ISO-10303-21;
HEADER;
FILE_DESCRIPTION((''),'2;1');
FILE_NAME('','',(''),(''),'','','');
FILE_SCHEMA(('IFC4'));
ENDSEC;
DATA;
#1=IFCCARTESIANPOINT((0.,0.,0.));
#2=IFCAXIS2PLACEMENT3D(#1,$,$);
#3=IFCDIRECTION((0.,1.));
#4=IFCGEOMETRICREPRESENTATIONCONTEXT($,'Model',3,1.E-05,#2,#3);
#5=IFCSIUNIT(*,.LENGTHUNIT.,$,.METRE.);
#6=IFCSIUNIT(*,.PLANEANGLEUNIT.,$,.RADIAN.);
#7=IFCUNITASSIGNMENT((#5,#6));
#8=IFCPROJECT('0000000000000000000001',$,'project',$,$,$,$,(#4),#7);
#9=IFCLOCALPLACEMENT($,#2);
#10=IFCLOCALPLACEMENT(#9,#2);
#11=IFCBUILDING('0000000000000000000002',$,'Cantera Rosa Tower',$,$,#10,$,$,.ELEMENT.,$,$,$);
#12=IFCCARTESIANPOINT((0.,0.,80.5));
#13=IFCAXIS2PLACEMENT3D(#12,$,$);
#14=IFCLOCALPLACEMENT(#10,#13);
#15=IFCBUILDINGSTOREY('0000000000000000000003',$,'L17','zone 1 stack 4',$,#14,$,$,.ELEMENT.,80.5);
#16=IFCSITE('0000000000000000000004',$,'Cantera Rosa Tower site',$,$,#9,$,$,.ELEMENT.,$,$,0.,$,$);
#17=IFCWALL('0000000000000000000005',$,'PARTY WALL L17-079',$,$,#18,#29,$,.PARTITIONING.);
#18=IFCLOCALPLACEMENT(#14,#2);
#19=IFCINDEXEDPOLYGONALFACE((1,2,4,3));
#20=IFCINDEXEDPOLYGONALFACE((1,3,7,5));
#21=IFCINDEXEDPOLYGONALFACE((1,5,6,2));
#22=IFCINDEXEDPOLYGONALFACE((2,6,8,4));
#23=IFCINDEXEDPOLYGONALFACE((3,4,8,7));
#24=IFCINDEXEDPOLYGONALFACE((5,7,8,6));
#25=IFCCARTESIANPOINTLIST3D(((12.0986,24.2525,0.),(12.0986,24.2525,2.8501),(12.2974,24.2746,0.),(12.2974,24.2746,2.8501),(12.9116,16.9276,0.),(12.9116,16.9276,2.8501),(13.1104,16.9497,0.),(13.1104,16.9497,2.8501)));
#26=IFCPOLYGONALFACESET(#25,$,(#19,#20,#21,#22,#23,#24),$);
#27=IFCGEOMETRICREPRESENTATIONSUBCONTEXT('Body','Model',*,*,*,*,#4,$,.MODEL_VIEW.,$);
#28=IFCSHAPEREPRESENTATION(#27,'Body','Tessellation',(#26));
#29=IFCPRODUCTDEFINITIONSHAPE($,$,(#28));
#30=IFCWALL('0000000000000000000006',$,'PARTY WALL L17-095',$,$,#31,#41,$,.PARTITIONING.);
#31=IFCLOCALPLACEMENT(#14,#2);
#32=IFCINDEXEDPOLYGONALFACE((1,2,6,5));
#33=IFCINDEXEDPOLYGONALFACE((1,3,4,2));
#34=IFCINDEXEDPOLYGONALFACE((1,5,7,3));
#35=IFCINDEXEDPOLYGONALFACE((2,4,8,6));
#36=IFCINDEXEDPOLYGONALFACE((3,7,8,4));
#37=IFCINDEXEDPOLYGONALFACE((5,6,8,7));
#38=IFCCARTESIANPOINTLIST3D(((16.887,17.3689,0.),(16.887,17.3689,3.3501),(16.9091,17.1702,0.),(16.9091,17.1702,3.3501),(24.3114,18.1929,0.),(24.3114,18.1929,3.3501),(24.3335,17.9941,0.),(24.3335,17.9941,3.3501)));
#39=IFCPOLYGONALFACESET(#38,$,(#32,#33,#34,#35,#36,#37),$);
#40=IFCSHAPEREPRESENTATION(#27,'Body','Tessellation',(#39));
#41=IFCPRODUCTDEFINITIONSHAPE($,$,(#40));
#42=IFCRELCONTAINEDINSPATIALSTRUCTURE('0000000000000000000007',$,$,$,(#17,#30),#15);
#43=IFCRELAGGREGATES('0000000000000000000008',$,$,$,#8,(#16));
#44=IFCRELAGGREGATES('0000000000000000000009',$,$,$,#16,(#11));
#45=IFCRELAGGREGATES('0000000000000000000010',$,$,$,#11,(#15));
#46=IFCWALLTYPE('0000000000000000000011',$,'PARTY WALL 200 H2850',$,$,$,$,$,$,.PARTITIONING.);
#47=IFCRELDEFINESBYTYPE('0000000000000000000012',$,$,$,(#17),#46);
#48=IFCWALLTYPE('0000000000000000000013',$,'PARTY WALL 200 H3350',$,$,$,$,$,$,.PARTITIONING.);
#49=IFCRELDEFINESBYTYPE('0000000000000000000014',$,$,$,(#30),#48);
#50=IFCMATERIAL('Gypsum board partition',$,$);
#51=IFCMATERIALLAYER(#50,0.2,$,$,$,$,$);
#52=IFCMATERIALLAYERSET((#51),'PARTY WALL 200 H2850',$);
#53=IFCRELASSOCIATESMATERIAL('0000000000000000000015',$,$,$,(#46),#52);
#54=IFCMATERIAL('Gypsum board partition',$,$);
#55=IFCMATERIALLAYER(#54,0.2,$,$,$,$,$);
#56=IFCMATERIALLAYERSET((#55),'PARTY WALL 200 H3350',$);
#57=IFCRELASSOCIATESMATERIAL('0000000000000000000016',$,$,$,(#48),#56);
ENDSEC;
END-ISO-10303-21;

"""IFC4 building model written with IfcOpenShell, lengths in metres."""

from ifc_helpers import new_model, si_unit, direction, frame, frame_2d, origin, place, context, subcontext, project, spatial, rectangle, extrude, material, layer, layer_set, type_object, element, save


model = new_model("IFC4")

# Units and contexts
model_context = context("Model", 3, precision=1e-05, world=origin(), true_north=direction((0.0, 1.0)))
body_context = subcontext(model_context, "Body", "Model", "MODEL_VIEW")
ifc_project = project(units=[si_unit("LENGTHUNIT", "METRE"), si_unit("PLANEANGLEUNIT", "RADIAN")], contexts=[model_context])

# Site, building, storey
site_placement = place(None, origin())
site = spatial("IfcSite", under=ifc_project, at=site_placement, Name="Cantera Rosa Tower site", CompositionType="ELEMENT", RefElevation=0.0)
building_placement = place(site_placement, origin())
building = spatial("IfcBuilding", under=site, at=building_placement, Name="Cantera Rosa Tower", CompositionType="ELEMENT")
storey_placement = place(building_placement, frame((0.0, 0.0, 80.5)))
storey = spatial("IfcBuildingStorey", under=building, at=storey_placement, Name="L17", Description="zone 1 stack 4", CompositionType="ELEMENT", Elevation=80.5)

# Walls
ifc_material_1 = material(Name="Gypsum board partition")
ifc_layer_1 = layer(ifc_material_1, 0.2)
ifc_layer_set_1 = layer_set([ifc_layer_1], Name="PARTY WALL 200 H2850")
wall_type_1 = type_object("IfcWallType", Name="PARTY WALL 200 H2850", PredefinedType="PARTITIONING", material=ifc_layer_set_1)
wall_1_placement = place(storey_placement, frame((12.198, 24.2637, 0.0), z_axis=(0.0, 0.0, 1.0), x_axis=(0.110312, -0.993897, 0.0)))
element("IfcWall", 1, at=wall_1_placement, inside=storey, type_object=wall_type_1, Name="PARTY WALL L17-079", PredefinedType="PARTITIONING", context=body_context, shape_type="SweptSolid", body=[
    extrude(rectangle(XDim=7.3699, YDim=0.2, at=frame_2d((3.6851, 0.0))), origin(), (0.0, 0.0, 1.0), 2.8501),
])
ifc_material_2 = material(Name="Gypsum board partition")
ifc_layer_2 = layer(ifc_material_2, 0.2)
ifc_layer_set_2 = layer_set([ifc_layer_2], Name="PARTY WALL 200 H3350")
wall_type_2 = type_object("IfcWallType", Name="PARTY WALL 200 H3350", PredefinedType="PARTITIONING", material=ifc_layer_set_2)
wall_2_placement = place(storey_placement, frame((16.8982, 17.2695, 0.0), z_axis=(0.0, 0.0, 1.0), x_axis=(0.993898, 0.110306, 0.0)))
element("IfcWall", 2, at=wall_2_placement, inside=storey, type_object=wall_type_2, Name="PARTY WALL L17-095", PredefinedType="PARTITIONING", context=body_context, shape_type="SweptSolid", body=[
    extrude(rectangle(XDim=7.47, YDim=0.2, at=frame_2d((3.7349, 0.0))), origin(), (0.0, 0.0, 1.0), 3.3501),
])

save(model, "model.ifc")
